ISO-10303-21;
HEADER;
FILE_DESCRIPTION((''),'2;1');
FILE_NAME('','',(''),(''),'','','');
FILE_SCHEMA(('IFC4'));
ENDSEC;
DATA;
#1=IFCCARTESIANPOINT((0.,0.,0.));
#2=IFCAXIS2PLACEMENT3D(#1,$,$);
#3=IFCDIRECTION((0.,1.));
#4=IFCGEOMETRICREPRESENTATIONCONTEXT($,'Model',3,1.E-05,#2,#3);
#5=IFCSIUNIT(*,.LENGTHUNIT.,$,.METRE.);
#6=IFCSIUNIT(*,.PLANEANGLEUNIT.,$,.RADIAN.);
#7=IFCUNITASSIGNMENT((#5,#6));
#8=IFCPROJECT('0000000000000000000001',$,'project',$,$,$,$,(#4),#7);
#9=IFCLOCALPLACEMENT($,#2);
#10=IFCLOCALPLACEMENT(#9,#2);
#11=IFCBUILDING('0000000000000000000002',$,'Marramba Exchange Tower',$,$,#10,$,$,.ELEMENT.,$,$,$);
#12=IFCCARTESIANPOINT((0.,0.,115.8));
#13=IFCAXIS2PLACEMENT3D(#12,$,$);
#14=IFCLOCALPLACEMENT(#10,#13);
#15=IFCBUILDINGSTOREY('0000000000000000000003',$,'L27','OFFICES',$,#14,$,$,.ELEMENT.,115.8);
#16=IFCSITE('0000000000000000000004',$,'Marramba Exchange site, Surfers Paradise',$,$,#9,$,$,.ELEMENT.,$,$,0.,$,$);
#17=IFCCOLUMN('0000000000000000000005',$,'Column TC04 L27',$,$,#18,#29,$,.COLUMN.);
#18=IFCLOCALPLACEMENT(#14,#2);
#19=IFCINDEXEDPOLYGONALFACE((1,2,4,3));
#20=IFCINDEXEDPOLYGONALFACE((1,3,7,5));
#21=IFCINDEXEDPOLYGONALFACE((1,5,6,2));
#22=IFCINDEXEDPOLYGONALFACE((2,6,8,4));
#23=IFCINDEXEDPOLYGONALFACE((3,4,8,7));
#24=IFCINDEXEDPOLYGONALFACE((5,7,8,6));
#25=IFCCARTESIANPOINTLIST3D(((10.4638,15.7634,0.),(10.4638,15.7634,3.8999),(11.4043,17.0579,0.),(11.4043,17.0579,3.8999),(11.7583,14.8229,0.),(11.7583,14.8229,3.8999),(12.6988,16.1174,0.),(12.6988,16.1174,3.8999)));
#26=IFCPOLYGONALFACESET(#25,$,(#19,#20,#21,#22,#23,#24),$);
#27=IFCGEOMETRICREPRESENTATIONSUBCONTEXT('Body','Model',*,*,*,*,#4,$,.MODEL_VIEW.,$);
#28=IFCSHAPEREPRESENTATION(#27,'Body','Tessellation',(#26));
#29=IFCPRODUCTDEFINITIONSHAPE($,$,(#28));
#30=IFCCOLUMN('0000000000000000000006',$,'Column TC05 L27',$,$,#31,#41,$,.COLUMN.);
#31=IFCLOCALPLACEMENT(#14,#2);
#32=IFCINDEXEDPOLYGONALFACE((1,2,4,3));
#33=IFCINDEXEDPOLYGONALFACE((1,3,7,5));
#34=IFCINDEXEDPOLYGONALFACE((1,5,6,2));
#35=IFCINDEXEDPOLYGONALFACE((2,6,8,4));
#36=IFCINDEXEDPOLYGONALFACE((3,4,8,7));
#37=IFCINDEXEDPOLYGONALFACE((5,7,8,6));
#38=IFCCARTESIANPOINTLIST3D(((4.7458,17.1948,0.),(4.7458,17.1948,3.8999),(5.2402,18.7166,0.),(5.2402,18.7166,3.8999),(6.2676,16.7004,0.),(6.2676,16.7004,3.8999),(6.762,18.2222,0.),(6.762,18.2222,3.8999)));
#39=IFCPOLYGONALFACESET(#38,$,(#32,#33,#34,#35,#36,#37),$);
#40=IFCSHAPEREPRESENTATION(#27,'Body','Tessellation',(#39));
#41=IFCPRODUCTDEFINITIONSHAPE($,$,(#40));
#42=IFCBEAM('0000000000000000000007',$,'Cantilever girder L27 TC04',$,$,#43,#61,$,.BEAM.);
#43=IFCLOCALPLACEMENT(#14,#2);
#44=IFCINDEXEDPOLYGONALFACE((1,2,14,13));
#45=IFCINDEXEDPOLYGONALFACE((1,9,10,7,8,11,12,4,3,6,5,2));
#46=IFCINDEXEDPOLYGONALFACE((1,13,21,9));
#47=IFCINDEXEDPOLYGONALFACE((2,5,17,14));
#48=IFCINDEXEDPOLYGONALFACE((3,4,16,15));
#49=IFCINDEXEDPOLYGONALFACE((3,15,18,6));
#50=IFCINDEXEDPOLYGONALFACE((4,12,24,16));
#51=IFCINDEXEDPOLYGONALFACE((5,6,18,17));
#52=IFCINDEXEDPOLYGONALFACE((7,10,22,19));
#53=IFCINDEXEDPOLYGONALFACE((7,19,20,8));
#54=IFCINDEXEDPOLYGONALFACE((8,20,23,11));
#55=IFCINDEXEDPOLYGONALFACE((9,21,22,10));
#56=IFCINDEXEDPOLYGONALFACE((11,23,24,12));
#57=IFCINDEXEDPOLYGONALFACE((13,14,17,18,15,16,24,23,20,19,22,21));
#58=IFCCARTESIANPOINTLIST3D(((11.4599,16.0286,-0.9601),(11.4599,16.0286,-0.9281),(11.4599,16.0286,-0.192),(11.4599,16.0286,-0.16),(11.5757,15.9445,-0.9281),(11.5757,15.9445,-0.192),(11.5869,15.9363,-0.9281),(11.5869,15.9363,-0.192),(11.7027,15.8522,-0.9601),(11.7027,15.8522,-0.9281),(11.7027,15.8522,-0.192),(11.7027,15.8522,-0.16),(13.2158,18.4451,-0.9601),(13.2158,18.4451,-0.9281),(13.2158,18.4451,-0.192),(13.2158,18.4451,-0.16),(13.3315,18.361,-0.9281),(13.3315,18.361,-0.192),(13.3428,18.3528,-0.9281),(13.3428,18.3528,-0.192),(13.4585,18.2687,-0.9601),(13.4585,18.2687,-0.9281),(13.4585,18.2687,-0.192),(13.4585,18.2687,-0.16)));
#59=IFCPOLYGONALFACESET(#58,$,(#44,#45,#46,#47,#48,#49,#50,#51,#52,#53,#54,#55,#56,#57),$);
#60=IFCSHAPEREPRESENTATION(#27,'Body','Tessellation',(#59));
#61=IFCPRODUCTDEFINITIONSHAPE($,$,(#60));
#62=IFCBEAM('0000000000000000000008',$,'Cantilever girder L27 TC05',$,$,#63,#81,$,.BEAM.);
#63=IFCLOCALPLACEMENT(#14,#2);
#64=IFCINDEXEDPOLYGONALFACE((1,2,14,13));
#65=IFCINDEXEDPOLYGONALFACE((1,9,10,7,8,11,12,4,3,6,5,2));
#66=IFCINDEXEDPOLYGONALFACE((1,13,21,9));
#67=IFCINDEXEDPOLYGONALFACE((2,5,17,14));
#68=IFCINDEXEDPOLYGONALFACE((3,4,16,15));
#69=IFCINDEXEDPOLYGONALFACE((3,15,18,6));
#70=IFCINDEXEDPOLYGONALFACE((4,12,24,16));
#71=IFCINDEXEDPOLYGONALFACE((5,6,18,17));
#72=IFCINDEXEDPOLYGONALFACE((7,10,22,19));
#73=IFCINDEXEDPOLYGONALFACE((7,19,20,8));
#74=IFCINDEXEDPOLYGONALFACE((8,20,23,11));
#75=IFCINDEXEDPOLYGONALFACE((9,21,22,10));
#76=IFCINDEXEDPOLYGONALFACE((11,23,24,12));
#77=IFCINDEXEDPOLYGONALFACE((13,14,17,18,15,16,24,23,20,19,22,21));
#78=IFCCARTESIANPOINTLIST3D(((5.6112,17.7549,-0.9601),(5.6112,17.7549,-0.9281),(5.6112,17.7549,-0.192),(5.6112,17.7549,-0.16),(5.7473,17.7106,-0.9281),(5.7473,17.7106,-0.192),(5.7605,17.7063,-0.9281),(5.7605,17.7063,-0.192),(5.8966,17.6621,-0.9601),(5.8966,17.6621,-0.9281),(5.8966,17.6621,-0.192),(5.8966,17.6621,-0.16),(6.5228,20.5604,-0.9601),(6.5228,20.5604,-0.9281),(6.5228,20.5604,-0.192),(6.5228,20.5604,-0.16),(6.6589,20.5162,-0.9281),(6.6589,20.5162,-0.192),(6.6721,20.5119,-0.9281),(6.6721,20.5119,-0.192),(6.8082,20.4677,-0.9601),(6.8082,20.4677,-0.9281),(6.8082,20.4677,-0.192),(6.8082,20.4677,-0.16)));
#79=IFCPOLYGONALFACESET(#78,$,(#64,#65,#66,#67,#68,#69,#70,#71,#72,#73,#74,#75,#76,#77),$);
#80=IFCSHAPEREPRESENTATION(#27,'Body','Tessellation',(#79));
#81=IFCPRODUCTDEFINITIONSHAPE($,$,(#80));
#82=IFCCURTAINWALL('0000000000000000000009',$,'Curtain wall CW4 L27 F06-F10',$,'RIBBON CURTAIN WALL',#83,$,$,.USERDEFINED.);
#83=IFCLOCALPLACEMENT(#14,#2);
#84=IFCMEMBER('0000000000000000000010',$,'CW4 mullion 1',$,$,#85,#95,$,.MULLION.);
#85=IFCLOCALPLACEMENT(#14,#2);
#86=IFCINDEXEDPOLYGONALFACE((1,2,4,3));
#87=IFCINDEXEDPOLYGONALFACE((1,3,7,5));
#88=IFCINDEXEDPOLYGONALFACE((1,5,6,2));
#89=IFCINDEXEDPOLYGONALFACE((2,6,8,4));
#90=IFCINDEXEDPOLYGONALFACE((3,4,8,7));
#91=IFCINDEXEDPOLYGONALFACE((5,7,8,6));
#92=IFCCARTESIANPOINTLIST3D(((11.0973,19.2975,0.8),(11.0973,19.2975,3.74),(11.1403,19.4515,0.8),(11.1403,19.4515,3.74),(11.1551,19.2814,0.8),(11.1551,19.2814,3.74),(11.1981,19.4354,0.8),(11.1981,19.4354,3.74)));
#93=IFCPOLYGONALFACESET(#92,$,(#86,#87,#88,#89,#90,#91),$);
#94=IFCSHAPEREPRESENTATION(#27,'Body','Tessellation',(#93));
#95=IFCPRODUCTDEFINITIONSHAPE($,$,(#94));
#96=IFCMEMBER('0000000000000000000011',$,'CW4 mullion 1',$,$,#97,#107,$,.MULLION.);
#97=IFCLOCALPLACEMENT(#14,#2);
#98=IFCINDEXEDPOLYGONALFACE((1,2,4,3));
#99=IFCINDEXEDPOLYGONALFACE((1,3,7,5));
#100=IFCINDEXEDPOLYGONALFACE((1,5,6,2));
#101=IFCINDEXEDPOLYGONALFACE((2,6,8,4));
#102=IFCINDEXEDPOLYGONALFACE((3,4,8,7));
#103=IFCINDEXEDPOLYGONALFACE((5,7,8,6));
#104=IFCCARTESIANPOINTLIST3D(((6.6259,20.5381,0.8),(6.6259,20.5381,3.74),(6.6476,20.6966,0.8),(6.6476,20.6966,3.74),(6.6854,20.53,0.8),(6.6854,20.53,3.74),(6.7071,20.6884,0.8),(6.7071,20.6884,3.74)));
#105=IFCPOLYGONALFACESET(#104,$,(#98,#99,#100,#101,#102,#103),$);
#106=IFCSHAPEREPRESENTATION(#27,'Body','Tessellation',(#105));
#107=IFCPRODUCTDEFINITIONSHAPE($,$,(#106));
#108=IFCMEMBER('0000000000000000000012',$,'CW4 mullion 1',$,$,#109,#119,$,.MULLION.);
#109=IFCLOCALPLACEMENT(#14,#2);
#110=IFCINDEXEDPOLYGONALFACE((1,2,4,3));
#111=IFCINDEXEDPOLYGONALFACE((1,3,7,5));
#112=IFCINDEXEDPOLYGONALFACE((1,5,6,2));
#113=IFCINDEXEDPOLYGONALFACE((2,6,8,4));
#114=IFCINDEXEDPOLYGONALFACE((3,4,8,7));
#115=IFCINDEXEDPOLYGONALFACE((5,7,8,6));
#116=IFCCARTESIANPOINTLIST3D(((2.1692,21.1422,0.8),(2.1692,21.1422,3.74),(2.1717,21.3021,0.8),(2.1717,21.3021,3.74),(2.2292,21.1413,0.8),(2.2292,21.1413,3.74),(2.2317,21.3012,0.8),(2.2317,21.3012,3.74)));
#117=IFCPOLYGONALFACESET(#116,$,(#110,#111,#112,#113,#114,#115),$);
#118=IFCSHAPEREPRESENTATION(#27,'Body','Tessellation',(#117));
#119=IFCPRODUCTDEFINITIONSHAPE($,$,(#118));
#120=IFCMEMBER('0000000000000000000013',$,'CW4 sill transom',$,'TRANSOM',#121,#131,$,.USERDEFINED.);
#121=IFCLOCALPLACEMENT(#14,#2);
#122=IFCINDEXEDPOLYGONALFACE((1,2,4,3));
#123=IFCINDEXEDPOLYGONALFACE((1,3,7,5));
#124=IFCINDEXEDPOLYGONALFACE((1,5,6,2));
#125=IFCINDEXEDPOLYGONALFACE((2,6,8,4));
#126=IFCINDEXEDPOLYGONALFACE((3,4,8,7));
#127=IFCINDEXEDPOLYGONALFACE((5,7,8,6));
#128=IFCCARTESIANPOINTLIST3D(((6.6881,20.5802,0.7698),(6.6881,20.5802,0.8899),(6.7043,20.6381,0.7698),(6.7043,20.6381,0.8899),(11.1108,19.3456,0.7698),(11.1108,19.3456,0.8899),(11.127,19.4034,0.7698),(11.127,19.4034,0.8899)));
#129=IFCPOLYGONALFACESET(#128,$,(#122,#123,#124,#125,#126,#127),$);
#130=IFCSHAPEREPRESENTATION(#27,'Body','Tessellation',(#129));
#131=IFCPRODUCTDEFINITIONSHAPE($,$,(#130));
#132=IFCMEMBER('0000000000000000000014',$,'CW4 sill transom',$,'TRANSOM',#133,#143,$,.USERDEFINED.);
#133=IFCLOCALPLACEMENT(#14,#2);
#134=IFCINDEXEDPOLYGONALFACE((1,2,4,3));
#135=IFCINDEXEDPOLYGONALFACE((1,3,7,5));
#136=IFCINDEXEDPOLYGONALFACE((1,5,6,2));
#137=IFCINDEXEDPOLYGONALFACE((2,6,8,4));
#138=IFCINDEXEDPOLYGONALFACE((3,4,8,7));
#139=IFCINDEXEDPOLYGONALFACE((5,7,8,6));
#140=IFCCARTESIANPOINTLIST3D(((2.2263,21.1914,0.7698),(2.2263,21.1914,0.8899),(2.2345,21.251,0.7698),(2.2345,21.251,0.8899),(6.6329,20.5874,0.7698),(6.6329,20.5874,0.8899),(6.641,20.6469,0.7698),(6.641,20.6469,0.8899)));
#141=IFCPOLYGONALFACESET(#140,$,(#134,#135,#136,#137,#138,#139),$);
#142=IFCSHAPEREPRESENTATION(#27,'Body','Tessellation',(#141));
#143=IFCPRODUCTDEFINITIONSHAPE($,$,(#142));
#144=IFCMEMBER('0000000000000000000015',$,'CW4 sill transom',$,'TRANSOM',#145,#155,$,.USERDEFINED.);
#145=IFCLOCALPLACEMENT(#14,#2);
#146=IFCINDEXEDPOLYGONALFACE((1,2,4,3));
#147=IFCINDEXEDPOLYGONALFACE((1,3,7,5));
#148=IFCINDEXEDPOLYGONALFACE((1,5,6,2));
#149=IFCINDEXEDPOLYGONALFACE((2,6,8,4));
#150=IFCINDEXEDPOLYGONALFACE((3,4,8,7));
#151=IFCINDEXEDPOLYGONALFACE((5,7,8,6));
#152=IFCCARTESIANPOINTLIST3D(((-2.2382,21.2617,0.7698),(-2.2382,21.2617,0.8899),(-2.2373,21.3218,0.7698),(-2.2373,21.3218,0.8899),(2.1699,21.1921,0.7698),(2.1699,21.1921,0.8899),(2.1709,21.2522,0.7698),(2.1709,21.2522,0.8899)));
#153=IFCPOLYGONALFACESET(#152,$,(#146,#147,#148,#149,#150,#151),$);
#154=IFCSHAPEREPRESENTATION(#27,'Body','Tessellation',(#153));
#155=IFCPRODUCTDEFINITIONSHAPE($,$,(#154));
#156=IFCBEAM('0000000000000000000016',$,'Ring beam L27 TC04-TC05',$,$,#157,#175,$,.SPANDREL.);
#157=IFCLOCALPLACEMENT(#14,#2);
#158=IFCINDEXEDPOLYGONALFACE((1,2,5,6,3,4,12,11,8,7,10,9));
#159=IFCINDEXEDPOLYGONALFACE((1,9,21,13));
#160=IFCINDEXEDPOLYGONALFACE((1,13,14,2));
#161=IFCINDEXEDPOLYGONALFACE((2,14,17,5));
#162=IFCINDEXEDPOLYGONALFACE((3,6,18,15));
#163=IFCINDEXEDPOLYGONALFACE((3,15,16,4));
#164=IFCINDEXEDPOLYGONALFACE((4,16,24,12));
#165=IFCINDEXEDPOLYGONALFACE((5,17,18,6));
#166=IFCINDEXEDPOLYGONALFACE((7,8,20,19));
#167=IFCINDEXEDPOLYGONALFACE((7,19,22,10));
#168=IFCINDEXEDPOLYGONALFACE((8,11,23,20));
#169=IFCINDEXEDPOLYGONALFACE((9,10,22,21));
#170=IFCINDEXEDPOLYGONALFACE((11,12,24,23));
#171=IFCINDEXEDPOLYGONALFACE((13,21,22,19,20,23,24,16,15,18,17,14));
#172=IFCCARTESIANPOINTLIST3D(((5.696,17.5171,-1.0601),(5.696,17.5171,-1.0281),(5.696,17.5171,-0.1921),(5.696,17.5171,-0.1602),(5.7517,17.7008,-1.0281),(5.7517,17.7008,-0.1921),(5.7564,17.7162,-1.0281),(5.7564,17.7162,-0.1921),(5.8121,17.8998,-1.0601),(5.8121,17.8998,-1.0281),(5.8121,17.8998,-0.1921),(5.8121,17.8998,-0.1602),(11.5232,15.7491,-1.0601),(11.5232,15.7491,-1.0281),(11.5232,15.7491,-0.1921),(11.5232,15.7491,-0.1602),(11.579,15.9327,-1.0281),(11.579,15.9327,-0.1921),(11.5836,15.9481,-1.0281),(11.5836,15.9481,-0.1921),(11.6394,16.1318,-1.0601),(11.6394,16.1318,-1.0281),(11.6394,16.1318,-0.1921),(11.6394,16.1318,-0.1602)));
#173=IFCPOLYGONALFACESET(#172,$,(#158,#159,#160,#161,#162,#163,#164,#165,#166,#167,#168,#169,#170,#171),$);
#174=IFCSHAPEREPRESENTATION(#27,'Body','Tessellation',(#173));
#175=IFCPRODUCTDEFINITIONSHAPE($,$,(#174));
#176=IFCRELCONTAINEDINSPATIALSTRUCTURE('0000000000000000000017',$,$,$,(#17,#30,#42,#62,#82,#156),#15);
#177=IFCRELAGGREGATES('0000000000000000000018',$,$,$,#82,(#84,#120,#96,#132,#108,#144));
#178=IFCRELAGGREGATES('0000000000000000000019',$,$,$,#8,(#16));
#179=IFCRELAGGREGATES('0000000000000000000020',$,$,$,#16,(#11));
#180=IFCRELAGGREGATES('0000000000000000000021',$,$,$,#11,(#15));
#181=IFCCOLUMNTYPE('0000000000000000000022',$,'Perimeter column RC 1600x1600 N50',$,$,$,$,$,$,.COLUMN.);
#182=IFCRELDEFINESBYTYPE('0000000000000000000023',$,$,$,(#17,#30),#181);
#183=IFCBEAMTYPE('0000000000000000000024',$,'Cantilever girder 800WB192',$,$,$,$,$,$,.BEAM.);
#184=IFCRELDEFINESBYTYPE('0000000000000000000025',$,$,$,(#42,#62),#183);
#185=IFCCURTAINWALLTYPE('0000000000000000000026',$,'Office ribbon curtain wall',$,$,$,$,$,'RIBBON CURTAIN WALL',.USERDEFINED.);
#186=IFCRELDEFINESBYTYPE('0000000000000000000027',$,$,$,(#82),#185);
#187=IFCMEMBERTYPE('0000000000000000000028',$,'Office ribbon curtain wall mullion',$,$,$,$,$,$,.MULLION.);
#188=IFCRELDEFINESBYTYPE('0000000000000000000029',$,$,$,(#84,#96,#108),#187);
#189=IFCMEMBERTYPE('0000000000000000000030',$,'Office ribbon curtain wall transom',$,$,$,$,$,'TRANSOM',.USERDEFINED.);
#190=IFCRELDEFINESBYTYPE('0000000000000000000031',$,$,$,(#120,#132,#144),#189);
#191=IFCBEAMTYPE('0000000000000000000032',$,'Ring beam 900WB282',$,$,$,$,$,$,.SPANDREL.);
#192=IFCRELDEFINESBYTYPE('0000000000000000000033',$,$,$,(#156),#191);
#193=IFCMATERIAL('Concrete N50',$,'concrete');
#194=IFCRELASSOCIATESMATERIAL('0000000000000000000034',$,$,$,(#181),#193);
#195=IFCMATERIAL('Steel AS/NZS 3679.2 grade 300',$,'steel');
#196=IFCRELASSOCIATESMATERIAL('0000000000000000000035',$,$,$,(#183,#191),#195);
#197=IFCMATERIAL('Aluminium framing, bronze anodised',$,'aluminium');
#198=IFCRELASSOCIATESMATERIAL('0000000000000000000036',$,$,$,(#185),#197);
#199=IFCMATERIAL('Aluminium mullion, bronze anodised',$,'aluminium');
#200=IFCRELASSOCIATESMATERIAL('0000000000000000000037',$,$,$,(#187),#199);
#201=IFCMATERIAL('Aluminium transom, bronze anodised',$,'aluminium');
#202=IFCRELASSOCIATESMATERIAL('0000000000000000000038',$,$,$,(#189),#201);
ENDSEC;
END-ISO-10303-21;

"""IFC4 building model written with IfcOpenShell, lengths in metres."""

from ifc_helpers import new_model, si_unit, direction, frame, origin, origin_2d, place, context, subcontext, project, spatial, rectangle, i_section, extrude, material, material_profile, profile_set, type_object, element, aggregate, save


model = new_model("IFC4")

# Units and contexts
model_context = context("Model", 3, precision=1e-05, world=origin(), true_north=direction((0.0, 1.0)))
body_context = subcontext(model_context, "Body", "Model", "MODEL_VIEW")
ifc_project = project(units=[si_unit("LENGTHUNIT", "METRE"), si_unit("PLANEANGLEUNIT", "RADIAN")], contexts=[model_context])

# Site, building, storey
site_placement = place(None, origin())
site = spatial("IfcSite", under=ifc_project, at=site_placement, Name="Marramba Exchange site, Surfers Paradise", CompositionType="ELEMENT", RefElevation=0.0)
building_placement = place(site_placement, origin())
building = spatial("IfcBuilding", under=site, at=building_placement, Name="Marramba Exchange Tower", CompositionType="ELEMENT")
storey_placement = place(building_placement, frame((0.0, 0.0, 115.8)))
storey = spatial("IfcBuildingStorey", under=building, at=storey_placement, Name="L27", Description="OFFICES", CompositionType="ELEMENT", Elevation=115.8)

# Columns
ifc_material_1 = material(Name="Concrete N50", Category="concrete")
ifc_material_profile_1 = material_profile(ifc_material_1, rectangle(XDim=1.6001, YDim=1.6001, at=origin_2d()), Name="RC 1600x1600")
ifc_profile_set_1 = profile_set([ifc_material_profile_1], Name="Concrete N50")
column_type = type_object("IfcColumnType", Name="Perimeter column RC 1600x1600 N50", PredefinedType="COLUMN", material=ifc_profile_set_1)
for number, where, z_axis, x_axis, name in (
    (1, (11.5813, 15.9404, 0.0), (0.0, 0.0, 1.0), (0.587785, 0.809017, 0.0), "Column TC04 L27"),
    (2, (5.7539, 17.7085, 0.0), (0.0, 0.0, 1.0), (0.309017, 0.951057, 0.0), "Column TC05 L27"),
):
    element("IfcColumn", number, at=place(storey_placement, frame(where, z_axis=z_axis, x_axis=x_axis)), inside=storey, type_object=column_type, Name=name, PredefinedType="COLUMN", context=body_context, shape_type="SweptSolid", body=[
        extrude(rectangle(XDim=1.6001, YDim=1.6001, at=origin_2d()), origin(), (0.0, 0.0, 1.0), 3.8999),
    ])

# Beams
ifc_material_2 = material(Name="Steel AS/NZS 3679.2 grade 300", Category="steel")
ifc_material_profile_2 = material_profile(ifc_material_2, i_section(OverallWidth=0.3, OverallDepth=0.8, WebThickness=0.0139, FlangeThickness=0.032, at=origin_2d()), Name="800WB192")
ifc_profile_set_2 = profile_set([ifc_material_profile_2], Name="Steel AS/NZS 3679.2 grade 300")
beam_type_1 = type_object("IfcBeamType", Name="Cantilever girder 800WB192", PredefinedType="BEAM", material=ifc_profile_set_2)
beam_1_placement = place(storey_placement, frame((11.5813, 15.9404, -0.5601), z_axis=(0.587822, 0.80899, 0.0), x_axis=(-0.80899, 0.587822, 0.0)))
element("IfcBeam", 3, at=beam_1_placement, inside=storey, type_object=beam_type_1, Name="Cantilever girder L27 TC04", PredefinedType="BEAM", context=body_context, shape_type="SweptSolid", body=[
    extrude(i_section(OverallWidth=0.3, OverallDepth=0.8, WebThickness=0.0139, FlangeThickness=0.032, at=origin_2d()), origin(), (0.0, 0.0, 1.0), 2.9871),
])
beam_2_placement = place(storey_placement, frame((5.7539, 17.7085, -0.5601), z_axis=(0.309019, 0.951056, 0.0), x_axis=(-0.951056, 0.309019, 0.0)))
element("IfcBeam", 4, at=beam_2_placement, inside=storey, type_object=beam_type_1, Name="Cantilever girder L27 TC05", PredefinedType="BEAM", context=body_context, shape_type="SweptSolid", body=[
    extrude(i_section(OverallWidth=0.3, OverallDepth=0.8, WebThickness=0.0139, FlangeThickness=0.032, at=origin_2d()), origin(), (0.0, 0.0, 1.0), 2.95),
])

# Curtain wall, members
ifc_material_3 = material(Name="Aluminium framing, bronze anodised", Category="aluminium")
curtain_wall_type = type_object("IfcCurtainWallType", Name="Office ribbon curtain wall", ElementType="RIBBON CURTAIN WALL", PredefinedType="USERDEFINED", material=ifc_material_3)
curtain_wall_1_placement = place(storey_placement, origin())
curtain_wall_1 = element("IfcCurtainWall", 5, at=curtain_wall_1_placement, inside=storey, type_object=curtain_wall_type, Name="Curtain wall CW4 L27 F06-F10", ObjectType="RIBBON CURTAIN WALL", PredefinedType="USERDEFINED")
ifc_material_4 = material(Name="Aluminium mullion, bronze anodised", Category="aluminium")
ifc_material_profile_3 = material_profile(ifc_material_4, rectangle(XDim=0.1599, YDim=0.0601, at=origin_2d()), Name="CW4 mullion 60x160")
ifc_profile_set_3 = profile_set([ifc_material_profile_3], Name="Aluminium mullion, bronze anodised")
member_type_1 = type_object("IfcMemberType", Name="Office ribbon curtain wall mullion", PredefinedType="MULLION", material=ifc_profile_set_3)
member_1_placement = place(storey_placement, frame((11.1477, 19.3665, 0.8), z_axis=(0.0, 0.0, 1.0), x_axis=(-0.268865, -0.963178, 0.0)))
member_1 = element("IfcMember", 6, at=member_1_placement, type_object=member_type_1, Name="CW4 mullion 1", PredefinedType="MULLION", context=body_context, shape_type="SweptSolid", body=[
    extrude(rectangle(XDim=0.1599, YDim=0.0601, at=origin_2d()), origin(), (0.0, 0.0, 1.0), 2.9399),
])
member_2_placement = place(storey_placement, frame((6.6665, 20.6133, 0.8), z_axis=(0.0, 0.0, 1.0), x_axis=(-0.135786, -0.990738, 0.0)))
member_2 = element("IfcMember", 7, at=member_2_placement, type_object=member_type_1, Name="CW4 mullion 1", PredefinedType="MULLION", context=body_context, shape_type="SweptSolid", body=[
    extrude(rectangle(XDim=0.1599, YDim=0.0601, at=origin_2d()), origin(), (0.0, 0.0, 1.0), 2.9399),
])
member_3_placement = place(storey_placement, frame((2.2004, 21.2217, 0.8), z_axis=(0.0, 0.0, 1.0), x_axis=(-0.015756, -0.999876, 0.0)))
member_3 = element("IfcMember", 8, at=member_3_placement, type_object=member_type_1, Name="CW4 mullion 1", PredefinedType="MULLION", context=body_context, shape_type="SweptSolid", body=[
    extrude(rectangle(XDim=0.1599, YDim=0.0601, at=origin_2d()), origin(), (0.0, 0.0, 1.0), 2.9399),
])
ifc_material_5 = material(Name="Aluminium transom, bronze anodised", Category="aluminium")
ifc_material_profile_4 = material_profile(ifc_material_5, rectangle(XDim=0.0601, YDim=0.1201, at=origin_2d()), Name="CW4 transom 60x120")
ifc_profile_set_4 = profile_set([ifc_material_profile_4], Name="Aluminium transom, bronze anodised")
member_type_2 = type_object("IfcMemberType", Name="Office ribbon curtain wall transom", ElementType="TRANSOM", PredefinedType="USERDEFINED", material=ifc_profile_set_4)
member_4_placement = place(storey_placement, frame((11.1189, 19.3745, 0.8298), z_axis=(-0.963174, 0.26888, 0.0), x_axis=(-0.26888, -0.963174, 0.0)))
member_4 = element("IfcMember", 9, at=member_4_placement, type_object=member_type_2, Name="CW4 sill transom", ObjectType="TRANSOM", PredefinedType="USERDEFINED", context=body_context, shape_type="SweptSolid", body=[
    extrude(rectangle(XDim=0.0601, YDim=0.1201, at=origin_2d()), origin(), (0.0, 0.0, 1.0), 4.5918),
])
member_5_placement = place(storey_placement, frame((6.637, 20.6172, 0.8298), z_axis=(-0.990736, 0.135801, 0.0), x_axis=(-0.135801, -0.990736, 0.0)))
member_5 = element("IfcMember", 10, at=member_5_placement, type_object=member_type_2, Name="CW4 sill transom", ObjectType="TRANSOM", PredefinedType="USERDEFINED", context=body_context, shape_type="SweptSolid", body=[
    extrude(rectangle(XDim=0.0601, YDim=0.1201, at=origin_2d()), origin(), (0.0, 0.0, 1.0), 4.4478),
])
member_6_placement = place(storey_placement, frame((2.1704, 21.2222, 0.8298), z_axis=(-0.999875, 0.015782, 0.0), x_axis=(-0.015782, -0.999875, 0.0)))
member_6 = element("IfcMember", 11, at=member_6_placement, type_object=member_type_2, Name="CW4 sill transom", ObjectType="TRANSOM", PredefinedType="USERDEFINED", context=body_context, shape_type="SweptSolid", body=[
    extrude(rectangle(XDim=0.0601, YDim=0.1201, at=origin_2d()), origin(), (0.0, 0.0, 1.0), 4.4087),
])

# Beam
ifc_material_profile_5 = material_profile(ifc_material_2, i_section(OverallWidth=0.3999, OverallDepth=0.8999, WebThickness=0.0161, FlangeThickness=0.032, at=origin_2d()), Name="900WB282")
ifc_profile_set_5 = profile_set([ifc_material_profile_5], Name="Steel AS/NZS 3679.2 grade 300")
beam_type_2 = type_object("IfcBeamType", Name="Ring beam 900WB282", PredefinedType="SPANDREL", material=ifc_profile_set_5)
beam_3_placement = place(storey_placement, frame((11.5813, 15.9404, -0.6101), z_axis=(-0.956925, 0.290337, 0.0), x_axis=(-0.290337, -0.956925, 0.0)))
element("IfcBeam", 12, at=beam_3_placement, inside=storey, type_object=beam_type_2, Name="Ring beam L27 TC04-TC05", PredefinedType="SPANDREL", context=body_context, shape_type="SweptSolid", body=[
    extrude(i_section(OverallWidth=0.3999, OverallDepth=0.8999, WebThickness=0.0161, FlangeThickness=0.032, at=origin_2d()), origin(), (0.0, 0.0, 1.0), 6.0896),
])

aggregate(curtain_wall_1, [member_1, member_4, member_2, member_5, member_3, member_6])

save(model, "model.ifc")
